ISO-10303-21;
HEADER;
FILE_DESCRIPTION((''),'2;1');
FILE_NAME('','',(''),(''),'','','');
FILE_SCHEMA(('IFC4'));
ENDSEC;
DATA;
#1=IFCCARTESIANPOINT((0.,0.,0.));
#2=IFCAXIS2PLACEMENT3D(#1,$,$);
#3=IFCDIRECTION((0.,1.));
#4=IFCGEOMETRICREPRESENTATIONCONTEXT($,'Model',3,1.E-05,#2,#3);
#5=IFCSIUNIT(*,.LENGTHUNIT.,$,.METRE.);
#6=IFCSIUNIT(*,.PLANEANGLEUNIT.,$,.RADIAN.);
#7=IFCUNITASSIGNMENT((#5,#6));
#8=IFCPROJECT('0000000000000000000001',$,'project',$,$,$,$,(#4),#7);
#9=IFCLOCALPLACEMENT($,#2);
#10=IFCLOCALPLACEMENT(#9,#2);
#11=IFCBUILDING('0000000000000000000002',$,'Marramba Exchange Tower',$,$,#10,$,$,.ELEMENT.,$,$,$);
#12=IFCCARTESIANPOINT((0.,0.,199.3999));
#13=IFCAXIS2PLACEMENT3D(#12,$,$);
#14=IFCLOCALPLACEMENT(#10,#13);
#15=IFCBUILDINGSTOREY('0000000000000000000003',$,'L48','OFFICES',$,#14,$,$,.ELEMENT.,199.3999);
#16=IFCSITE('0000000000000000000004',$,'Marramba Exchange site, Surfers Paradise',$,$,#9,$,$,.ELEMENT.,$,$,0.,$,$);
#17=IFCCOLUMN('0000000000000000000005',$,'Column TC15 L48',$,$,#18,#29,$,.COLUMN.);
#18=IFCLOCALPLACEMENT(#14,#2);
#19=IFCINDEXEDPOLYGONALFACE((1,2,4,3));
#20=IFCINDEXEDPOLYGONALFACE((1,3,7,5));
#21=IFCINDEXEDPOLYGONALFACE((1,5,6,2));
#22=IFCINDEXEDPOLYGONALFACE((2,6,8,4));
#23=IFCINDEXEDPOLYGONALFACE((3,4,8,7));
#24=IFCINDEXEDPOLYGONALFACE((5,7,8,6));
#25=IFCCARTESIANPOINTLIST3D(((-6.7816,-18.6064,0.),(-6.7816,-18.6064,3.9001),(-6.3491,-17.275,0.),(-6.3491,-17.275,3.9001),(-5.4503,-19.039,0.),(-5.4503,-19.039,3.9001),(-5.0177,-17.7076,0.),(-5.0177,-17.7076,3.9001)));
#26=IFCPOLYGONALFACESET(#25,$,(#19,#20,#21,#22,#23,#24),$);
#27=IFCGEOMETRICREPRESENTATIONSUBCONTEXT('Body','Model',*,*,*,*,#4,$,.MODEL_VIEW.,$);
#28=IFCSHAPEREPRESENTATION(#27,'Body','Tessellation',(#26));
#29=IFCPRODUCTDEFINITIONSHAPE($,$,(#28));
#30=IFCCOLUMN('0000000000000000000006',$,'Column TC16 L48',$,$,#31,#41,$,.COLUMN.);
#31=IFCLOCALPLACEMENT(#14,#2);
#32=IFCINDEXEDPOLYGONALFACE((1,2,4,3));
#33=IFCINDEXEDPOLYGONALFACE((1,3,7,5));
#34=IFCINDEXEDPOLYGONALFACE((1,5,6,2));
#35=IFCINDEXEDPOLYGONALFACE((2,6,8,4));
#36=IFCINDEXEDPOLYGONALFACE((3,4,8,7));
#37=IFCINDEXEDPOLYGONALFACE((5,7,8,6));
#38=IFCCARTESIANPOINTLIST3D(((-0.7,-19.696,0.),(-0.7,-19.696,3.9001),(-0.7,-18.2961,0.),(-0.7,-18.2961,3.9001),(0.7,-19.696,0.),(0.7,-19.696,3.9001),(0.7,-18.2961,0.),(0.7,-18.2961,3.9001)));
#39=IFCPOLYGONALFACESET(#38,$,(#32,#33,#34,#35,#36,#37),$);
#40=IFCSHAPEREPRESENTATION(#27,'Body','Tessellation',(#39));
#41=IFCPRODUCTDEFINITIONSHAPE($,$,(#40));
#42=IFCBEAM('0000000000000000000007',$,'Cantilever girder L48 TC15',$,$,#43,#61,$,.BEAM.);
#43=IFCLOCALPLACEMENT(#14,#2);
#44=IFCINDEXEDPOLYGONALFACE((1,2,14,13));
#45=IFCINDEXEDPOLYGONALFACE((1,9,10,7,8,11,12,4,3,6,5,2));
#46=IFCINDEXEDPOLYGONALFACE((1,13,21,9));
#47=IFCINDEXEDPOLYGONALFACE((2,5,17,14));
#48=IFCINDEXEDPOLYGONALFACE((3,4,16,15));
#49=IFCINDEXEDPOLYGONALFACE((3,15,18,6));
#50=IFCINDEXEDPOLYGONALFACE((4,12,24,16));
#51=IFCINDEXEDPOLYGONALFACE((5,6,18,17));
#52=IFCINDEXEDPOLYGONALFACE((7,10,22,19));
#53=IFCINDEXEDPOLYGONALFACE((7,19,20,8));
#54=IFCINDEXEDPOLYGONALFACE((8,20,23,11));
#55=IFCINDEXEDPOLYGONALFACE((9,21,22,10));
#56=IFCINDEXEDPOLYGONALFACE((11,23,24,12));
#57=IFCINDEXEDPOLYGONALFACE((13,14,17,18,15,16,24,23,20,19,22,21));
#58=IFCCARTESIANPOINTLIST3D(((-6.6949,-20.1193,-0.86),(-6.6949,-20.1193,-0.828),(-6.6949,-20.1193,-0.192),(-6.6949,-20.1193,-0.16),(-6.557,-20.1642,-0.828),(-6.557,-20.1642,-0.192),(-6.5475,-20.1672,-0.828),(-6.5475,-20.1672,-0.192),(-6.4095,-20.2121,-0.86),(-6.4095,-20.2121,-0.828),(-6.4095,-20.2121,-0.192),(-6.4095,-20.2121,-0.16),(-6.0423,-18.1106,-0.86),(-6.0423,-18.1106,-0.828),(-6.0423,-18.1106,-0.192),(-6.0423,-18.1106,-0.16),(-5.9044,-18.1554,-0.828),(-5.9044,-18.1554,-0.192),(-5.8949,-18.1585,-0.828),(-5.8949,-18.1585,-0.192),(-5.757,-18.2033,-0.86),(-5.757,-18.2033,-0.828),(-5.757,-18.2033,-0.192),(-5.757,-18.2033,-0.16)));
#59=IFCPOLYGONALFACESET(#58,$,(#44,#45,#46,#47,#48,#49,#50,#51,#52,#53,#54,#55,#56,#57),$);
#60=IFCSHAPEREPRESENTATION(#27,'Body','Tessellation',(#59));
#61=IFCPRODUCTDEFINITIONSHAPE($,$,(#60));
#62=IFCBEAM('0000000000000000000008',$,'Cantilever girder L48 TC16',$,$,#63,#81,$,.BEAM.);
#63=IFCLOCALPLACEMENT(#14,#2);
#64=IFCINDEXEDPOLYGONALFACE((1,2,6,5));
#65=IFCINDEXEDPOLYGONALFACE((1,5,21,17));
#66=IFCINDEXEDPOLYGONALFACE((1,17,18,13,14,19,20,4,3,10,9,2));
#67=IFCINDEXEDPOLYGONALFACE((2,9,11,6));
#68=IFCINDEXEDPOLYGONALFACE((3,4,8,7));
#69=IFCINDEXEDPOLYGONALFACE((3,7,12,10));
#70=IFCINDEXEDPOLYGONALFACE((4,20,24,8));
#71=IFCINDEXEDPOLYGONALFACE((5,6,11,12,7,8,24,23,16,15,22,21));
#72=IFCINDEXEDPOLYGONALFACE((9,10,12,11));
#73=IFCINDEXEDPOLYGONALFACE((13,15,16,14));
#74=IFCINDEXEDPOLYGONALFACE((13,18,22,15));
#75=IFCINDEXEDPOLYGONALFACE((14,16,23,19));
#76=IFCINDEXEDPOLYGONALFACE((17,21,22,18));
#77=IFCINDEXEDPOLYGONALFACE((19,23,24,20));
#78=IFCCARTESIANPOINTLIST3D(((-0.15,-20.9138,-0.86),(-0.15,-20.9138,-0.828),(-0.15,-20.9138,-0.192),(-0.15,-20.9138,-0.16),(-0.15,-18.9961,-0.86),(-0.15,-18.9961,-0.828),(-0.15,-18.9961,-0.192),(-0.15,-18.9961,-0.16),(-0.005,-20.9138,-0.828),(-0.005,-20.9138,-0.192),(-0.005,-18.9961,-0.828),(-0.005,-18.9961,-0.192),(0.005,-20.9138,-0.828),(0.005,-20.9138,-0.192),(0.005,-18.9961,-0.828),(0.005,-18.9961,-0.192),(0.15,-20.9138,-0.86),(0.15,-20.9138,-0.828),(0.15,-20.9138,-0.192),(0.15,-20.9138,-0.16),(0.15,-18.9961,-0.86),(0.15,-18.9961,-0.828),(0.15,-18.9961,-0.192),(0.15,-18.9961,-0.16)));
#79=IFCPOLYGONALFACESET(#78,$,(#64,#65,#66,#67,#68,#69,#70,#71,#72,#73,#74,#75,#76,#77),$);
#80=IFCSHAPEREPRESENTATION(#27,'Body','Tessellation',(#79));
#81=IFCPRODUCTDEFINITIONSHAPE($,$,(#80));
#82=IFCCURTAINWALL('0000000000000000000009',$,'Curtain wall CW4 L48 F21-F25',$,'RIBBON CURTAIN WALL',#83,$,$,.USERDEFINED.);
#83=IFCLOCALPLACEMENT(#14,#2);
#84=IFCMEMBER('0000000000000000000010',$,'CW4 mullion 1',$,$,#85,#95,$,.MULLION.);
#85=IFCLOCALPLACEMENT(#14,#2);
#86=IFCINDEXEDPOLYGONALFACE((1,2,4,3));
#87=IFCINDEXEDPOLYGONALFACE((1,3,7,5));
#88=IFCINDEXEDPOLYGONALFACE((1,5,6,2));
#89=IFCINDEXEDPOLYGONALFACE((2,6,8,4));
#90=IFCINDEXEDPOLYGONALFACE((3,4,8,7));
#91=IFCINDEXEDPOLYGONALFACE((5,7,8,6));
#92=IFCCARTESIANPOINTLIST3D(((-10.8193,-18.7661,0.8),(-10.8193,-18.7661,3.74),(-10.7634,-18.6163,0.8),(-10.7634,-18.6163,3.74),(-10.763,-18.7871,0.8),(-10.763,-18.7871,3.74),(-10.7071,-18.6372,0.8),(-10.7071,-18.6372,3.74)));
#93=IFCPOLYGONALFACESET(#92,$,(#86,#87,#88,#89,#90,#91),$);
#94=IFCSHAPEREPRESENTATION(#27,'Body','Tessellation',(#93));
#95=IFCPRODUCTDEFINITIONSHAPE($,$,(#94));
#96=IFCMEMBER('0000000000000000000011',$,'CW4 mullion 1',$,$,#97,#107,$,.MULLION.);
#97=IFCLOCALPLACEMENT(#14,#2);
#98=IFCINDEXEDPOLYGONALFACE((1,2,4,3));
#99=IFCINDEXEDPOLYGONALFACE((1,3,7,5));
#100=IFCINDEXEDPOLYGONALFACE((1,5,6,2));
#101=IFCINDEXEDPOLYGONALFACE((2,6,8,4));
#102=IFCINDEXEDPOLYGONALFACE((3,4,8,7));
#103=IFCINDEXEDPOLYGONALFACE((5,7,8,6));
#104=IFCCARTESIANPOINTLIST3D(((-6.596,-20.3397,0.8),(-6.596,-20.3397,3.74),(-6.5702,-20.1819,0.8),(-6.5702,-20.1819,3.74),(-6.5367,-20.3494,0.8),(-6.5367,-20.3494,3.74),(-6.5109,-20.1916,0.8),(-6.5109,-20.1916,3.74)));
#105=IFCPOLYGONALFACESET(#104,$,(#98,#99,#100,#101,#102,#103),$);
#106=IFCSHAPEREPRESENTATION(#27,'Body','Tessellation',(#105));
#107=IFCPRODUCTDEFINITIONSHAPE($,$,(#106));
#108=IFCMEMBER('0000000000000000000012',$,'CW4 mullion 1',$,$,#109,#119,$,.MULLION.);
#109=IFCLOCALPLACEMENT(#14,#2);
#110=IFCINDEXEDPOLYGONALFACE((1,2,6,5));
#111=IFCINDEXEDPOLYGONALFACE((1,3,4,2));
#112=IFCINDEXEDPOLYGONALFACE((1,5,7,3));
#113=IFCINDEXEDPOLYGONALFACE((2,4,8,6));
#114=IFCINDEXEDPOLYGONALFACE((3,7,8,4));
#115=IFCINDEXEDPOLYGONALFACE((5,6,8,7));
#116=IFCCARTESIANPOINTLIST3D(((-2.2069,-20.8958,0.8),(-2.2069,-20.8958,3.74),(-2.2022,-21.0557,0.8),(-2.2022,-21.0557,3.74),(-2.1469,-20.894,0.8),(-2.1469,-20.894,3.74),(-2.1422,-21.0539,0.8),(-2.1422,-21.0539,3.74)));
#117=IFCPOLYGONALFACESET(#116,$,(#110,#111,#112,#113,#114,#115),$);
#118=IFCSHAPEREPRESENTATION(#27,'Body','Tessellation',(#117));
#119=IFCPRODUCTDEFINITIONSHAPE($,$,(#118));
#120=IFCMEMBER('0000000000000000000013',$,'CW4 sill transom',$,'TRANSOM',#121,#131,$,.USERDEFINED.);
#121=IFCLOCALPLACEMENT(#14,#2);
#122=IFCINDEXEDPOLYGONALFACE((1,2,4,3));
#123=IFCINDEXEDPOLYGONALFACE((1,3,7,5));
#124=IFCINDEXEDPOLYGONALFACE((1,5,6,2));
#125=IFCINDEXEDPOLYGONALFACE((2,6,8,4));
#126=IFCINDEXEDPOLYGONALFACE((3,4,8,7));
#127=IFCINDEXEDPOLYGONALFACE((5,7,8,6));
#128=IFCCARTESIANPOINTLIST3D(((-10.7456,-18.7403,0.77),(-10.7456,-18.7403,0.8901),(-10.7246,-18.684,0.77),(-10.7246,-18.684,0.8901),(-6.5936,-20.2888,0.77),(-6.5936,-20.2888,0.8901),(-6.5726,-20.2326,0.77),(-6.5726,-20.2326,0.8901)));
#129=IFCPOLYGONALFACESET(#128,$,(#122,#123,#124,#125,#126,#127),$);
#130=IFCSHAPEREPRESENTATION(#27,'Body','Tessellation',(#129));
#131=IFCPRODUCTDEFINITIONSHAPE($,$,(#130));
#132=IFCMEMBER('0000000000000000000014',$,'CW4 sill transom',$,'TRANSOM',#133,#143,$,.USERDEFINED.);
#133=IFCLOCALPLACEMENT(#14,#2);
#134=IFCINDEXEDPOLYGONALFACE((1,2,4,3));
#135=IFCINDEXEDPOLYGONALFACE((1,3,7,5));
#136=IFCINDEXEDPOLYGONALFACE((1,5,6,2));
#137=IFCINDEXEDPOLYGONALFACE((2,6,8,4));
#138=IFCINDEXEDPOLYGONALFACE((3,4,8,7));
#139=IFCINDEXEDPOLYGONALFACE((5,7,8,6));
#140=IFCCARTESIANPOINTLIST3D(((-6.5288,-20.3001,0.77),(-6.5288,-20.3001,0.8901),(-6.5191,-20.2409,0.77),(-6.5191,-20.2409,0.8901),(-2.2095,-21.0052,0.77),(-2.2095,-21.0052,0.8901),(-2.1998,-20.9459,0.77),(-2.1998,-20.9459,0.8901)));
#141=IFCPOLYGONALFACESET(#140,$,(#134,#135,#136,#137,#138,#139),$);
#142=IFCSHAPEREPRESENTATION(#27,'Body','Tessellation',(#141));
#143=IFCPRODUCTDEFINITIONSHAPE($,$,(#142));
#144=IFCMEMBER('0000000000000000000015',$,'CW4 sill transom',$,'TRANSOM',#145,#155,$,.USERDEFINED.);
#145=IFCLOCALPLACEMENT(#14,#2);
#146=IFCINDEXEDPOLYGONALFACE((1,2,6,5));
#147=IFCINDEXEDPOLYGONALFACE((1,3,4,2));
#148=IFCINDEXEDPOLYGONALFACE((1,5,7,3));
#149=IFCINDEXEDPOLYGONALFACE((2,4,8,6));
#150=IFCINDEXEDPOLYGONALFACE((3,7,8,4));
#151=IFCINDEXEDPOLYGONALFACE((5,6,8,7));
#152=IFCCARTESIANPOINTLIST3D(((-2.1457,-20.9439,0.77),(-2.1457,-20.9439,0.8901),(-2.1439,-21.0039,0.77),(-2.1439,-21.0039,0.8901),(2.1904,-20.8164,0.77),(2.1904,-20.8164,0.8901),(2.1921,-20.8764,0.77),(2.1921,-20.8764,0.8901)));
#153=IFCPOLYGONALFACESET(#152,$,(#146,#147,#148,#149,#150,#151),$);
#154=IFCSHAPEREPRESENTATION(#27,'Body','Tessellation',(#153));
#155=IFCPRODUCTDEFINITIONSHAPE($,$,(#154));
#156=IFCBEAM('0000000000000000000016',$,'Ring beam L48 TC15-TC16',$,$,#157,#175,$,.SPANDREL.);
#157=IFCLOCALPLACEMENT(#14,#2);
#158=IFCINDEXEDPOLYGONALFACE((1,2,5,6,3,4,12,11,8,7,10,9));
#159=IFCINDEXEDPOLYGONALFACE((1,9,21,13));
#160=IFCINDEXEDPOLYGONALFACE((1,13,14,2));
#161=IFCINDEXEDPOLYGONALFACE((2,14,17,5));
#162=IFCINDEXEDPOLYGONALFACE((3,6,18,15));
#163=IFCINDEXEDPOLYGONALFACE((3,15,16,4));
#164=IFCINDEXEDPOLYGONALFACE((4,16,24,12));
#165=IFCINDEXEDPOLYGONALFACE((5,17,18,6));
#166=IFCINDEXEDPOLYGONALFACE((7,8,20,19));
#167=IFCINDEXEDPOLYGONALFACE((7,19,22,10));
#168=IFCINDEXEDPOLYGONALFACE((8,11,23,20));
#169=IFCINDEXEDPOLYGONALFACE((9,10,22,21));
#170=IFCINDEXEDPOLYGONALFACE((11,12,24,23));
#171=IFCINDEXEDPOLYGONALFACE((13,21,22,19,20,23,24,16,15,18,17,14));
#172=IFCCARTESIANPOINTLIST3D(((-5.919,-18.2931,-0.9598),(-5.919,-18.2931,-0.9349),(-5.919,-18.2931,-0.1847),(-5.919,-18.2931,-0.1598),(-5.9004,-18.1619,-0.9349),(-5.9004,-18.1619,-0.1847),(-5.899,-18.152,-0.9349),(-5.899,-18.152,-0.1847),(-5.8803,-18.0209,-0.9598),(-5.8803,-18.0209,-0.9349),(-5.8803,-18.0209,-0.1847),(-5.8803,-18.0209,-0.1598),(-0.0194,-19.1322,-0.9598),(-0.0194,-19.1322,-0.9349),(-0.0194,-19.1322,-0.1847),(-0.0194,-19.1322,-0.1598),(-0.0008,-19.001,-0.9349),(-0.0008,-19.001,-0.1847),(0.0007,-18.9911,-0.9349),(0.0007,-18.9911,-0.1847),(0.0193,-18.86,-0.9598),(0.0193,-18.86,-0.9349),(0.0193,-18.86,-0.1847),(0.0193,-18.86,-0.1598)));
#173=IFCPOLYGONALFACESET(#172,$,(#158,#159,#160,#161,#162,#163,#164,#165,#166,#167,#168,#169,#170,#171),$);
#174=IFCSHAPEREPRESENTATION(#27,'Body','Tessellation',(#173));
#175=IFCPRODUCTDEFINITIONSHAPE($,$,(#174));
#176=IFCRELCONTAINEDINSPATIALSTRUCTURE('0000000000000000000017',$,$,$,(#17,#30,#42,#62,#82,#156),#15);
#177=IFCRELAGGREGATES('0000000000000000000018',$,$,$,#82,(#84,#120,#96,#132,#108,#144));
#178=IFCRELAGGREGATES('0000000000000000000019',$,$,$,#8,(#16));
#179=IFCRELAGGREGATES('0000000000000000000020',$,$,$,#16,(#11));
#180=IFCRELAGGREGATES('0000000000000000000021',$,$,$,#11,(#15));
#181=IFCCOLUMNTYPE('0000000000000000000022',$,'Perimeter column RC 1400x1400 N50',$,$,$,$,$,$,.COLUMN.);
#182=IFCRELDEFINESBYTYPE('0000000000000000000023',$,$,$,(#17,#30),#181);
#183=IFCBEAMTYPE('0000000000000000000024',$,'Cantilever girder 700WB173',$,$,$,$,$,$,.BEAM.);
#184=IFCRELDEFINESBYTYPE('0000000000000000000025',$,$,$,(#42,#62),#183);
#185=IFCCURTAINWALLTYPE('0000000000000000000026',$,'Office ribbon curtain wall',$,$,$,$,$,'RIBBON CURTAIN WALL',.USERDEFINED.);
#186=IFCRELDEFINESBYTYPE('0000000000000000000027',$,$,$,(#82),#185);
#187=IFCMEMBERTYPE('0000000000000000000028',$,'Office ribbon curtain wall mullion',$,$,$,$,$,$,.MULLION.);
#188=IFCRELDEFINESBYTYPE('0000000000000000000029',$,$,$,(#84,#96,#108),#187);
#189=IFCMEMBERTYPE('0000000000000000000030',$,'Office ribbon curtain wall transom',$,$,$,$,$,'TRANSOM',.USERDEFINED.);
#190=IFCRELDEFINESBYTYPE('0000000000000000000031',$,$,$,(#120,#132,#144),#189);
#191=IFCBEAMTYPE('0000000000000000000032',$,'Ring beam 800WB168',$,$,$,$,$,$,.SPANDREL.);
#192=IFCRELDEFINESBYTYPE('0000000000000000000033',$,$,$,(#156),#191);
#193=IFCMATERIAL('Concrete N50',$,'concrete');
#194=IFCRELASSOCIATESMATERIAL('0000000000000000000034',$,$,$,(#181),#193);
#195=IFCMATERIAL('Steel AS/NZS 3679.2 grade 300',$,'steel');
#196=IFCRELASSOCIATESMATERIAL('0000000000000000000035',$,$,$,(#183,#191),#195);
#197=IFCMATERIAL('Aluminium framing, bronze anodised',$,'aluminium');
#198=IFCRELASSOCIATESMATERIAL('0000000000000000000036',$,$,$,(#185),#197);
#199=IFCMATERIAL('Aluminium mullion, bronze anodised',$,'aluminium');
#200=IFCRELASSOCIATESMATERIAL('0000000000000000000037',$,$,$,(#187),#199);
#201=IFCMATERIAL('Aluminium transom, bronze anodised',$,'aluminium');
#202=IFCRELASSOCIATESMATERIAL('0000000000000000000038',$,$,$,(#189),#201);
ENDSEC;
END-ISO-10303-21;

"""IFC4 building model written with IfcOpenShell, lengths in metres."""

from ifc_helpers import new_model, si_unit, direction, frame, origin, origin_2d, place, context, subcontext, project, spatial, rectangle, i_section, extrude, material, material_profile, profile_set, type_object, element, aggregate, save


model = new_model("IFC4")

# Units and contexts
model_context = context("Model", 3, precision=1e-05, world=origin(), true_north=direction((0.0, 1.0)))
body_context = subcontext(model_context, "Body", "Model", "MODEL_VIEW")
ifc_project = project(units=[si_unit("LENGTHUNIT", "METRE"), si_unit("PLANEANGLEUNIT", "RADIAN")], contexts=[model_context])

# Site, building, storey
site_placement = place(None, origin())
site = spatial("IfcSite", under=ifc_project, at=site_placement, Name="Marramba Exchange site, Surfers Paradise", CompositionType="ELEMENT", RefElevation=0.0)
building_placement = place(site_placement, origin())
building = spatial("IfcBuilding", under=site, at=building_placement, Name="Marramba Exchange Tower", CompositionType="ELEMENT")
storey_placement = place(building_placement, frame((0.0, 0.0, 199.3999)))
storey = spatial("IfcBuildingStorey", under=building, at=storey_placement, Name="L48", Description="OFFICES", CompositionType="ELEMENT", Elevation=199.3999)

# Columns
ifc_material_1 = material(Name="Concrete N50", Category="concrete")
ifc_material_profile_1 = material_profile(ifc_material_1, rectangle(XDim=1.3999, YDim=1.3999, at=origin_2d()), Name="RC 1400x1400")
ifc_profile_set_1 = profile_set([ifc_material_profile_1], Name="Concrete N50")
column_type = type_object("IfcColumnType", Name="Perimeter column RC 1400x1400 N50", PredefinedType="COLUMN", material=ifc_profile_set_1)
for number, where, z_axis, x_axis, name in (
    (1, (-5.8997, -18.157, 0.0), (0.0, 0.0, 1.0), (-0.309017, -0.951057, 0.0), "Column TC15 L48"),
    (2, (0.0, -18.9961, 0.0), (0.0, 0.0, 1.0), (0.0, -1.0, 0.0), "Column TC16 L48"),
):
    element("IfcColumn", number, at=place(storey_placement, frame(where, z_axis=z_axis, x_axis=x_axis)), inside=storey, type_object=column_type, Name=name, PredefinedType="COLUMN", context=body_context, shape_type="SweptSolid", body=[
        extrude(rectangle(XDim=1.3999, YDim=1.3999, at=origin_2d()), origin(), (0.0, 0.0, 1.0), 3.9001),
    ])

# Beams
ifc_material_2 = material(Name="Steel AS/NZS 3679.2 grade 300", Category="steel")
ifc_material_profile_2 = material_profile(ifc_material_2, i_section(OverallWidth=0.3, OverallDepth=0.7, WebThickness=0.01, FlangeThickness=0.032, at=origin_2d()), Name="700WB173")
ifc_profile_set_2 = profile_set([ifc_material_profile_2], Name="Steel AS/NZS 3679.2 grade 300")
beam_type_1 = type_object("IfcBeamType", Name="Cantilever girder 700WB173", PredefinedType="BEAM", material=ifc_profile_set_2)
beam_1_placement = place(storey_placement, frame((-5.8997, -18.157, -0.51), z_axis=(-0.308971, -0.951071, 0.0), x_axis=(0.951071, -0.308971, 0.0)))
element("IfcBeam", 3, at=beam_1_placement, inside=storey, type_object=beam_type_1, Name="Cantilever girder L48 TC15", PredefinedType="BEAM", context=body_context, shape_type="SweptSolid", body=[
    extrude(i_section(OverallWidth=0.3, OverallDepth=0.7, WebThickness=0.01, FlangeThickness=0.032, at=origin_2d()), origin(), (0.0, 0.0, 1.0), 2.1121),
])
beam_2_placement = place(storey_placement, frame((0.0, -18.9961, -0.51), z_axis=(0.0, -1.0, 0.0), x_axis=(1.0, 0.0, 0.0)))
element("IfcBeam", 4, at=beam_2_placement, inside=storey, type_object=beam_type_1, Name="Cantilever girder L48 TC16", PredefinedType="BEAM", context=body_context, shape_type="SweptSolid", body=[
    extrude(i_section(OverallWidth=0.3, OverallDepth=0.7, WebThickness=0.01, FlangeThickness=0.032, at=origin_2d()), origin(), (0.0, 0.0, 1.0), 1.9177),
])

# Curtain wall, members
ifc_material_3 = material(Name="Aluminium framing, bronze anodised", Category="aluminium")
curtain_wall_type = type_object("IfcCurtainWallType", Name="Office ribbon curtain wall", ElementType="RIBBON CURTAIN WALL", PredefinedType="USERDEFINED", material=ifc_material_3)
curtain_wall_1_placement = place(storey_placement, origin())
curtain_wall_1 = element("IfcCurtainWall", 5, at=curtain_wall_1_placement, inside=storey, type_object=curtain_wall_type, Name="Curtain wall CW4 L48 F21-F25", ObjectType="RIBBON CURTAIN WALL", PredefinedType="USERDEFINED")
ifc_material_4 = material(Name="Aluminium mullion, bronze anodised", Category="aluminium")
ifc_material_profile_3 = material_profile(ifc_material_4, rectangle(XDim=0.1599, YDim=0.0601, at=origin_2d()), Name="CW4 mullion 60x160")
ifc_profile_set_3 = profile_set([ifc_material_profile_3], Name="Aluminium mullion, bronze anodised")
member_type_1 = type_object("IfcMemberType", Name="Office ribbon curtain wall mullion", PredefinedType="MULLION", material=ifc_profile_set_3)
member_1_placement = place(storey_placement, frame((-10.7632, -18.7017, 0.8), z_axis=(0.0, 0.0, 1.0), x_axis=(0.349459, 0.936952, 0.0)))
member_1 = element("IfcMember", 6, at=member_1_placement, type_object=member_type_1, Name="CW4 mullion 1", PredefinedType="MULLION", context=body_context, shape_type="SweptSolid", body=[
    extrude(rectangle(XDim=0.1599, YDim=0.0601, at=origin_2d()), origin(), (0.0, 0.0, 1.0), 2.9399),
])
member_2_placement = place(storey_placement, frame((-6.5535, -20.2656, 0.8), z_axis=(0.0, 0.0, 1.0), x_axis=(0.161146, 0.986931, 0.0)))
member_2 = element("IfcMember", 7, at=member_2_placement, type_object=member_type_1, Name="CW4 mullion 1", PredefinedType="MULLION", context=body_context, shape_type="SweptSolid", body=[
    extrude(rectangle(XDim=0.1599, YDim=0.0601, at=origin_2d()), origin(), (0.0, 0.0, 1.0), 2.9399),
])
member_3_placement = place(storey_placement, frame((-2.1746, -20.9749, 0.8), z_axis=(0.0, 0.0, 1.0), x_axis=(-0.029393, 0.999568, 0.0)))
member_3 = element("IfcMember", 8, at=member_3_placement, type_object=member_type_1, Name="CW4 mullion 1", PredefinedType="MULLION", context=body_context, shape_type="SweptSolid", body=[
    extrude(rectangle(XDim=0.1599, YDim=0.0601, at=origin_2d()), origin(), (0.0, 0.0, 1.0), 2.9399),
])
ifc_material_5 = material(Name="Aluminium transom, bronze anodised", Category="aluminium")
ifc_material_profile_4 = material_profile(ifc_material_5, rectangle(XDim=0.0601, YDim=0.1201, at=origin_2d()), Name="CW4 transom 60x120")
ifc_profile_set_4 = profile_set([ifc_material_profile_4], Name="Aluminium transom, bronze anodised")
member_type_2 = type_object("IfcMemberType", Name="Office ribbon curtain wall transom", ElementType="TRANSOM", PredefinedType="USERDEFINED", material=ifc_profile_set_4)
member_4_placement = place(storey_placement, frame((-10.7351, -18.7122, 0.8301), z_axis=(0.936955, -0.34945, 0.0), x_axis=(0.34945, 0.936955, 0.0)))
member_4 = element("IfcMember", 9, at=member_4_placement, type_object=member_type_2, Name="CW4 sill transom", ObjectType="TRANSOM", PredefinedType="USERDEFINED", context=body_context, shape_type="SweptSolid", body=[
    extrude(rectangle(XDim=0.0601, YDim=0.1201, at=origin_2d()), origin(), (0.0, 0.0, 1.0), 4.4314),
])
member_5_placement = place(storey_placement, frame((-6.5239, -20.2705, 0.8301), z_axis=(0.986937, -0.161105, 0.0), x_axis=(0.161105, 0.986937, 0.0)))
member_5 = element("IfcMember", 10, at=member_5_placement, type_object=member_type_2, Name="CW4 sill transom", ObjectType="TRANSOM", PredefinedType="USERDEFINED", context=body_context, shape_type="SweptSolid", body=[
    extrude(rectangle(XDim=0.0601, YDim=0.1201, at=origin_2d()), origin(), (0.0, 0.0, 1.0), 4.3765),
])
member_6_placement = place(storey_placement, frame((-2.1448, -20.9739, 0.8301), z_axis=(0.999568, 0.029379, 0.0), x_axis=(-0.029379, 0.999568, 0.0)))
member_6 = element("IfcMember", 11, at=member_6_placement, type_object=member_type_2, Name="CW4 sill transom", ObjectType="TRANSOM", PredefinedType="USERDEFINED", context=body_context, shape_type="SweptSolid", body=[
    extrude(rectangle(XDim=0.0601, YDim=0.1201, at=origin_2d()), origin(), (0.0, 0.0, 1.0), 4.3379),
])

# Beam
ifc_material_profile_5 = material_profile(ifc_material_2, i_section(OverallWidth=0.2749, OverallDepth=0.8, WebThickness=0.01, FlangeThickness=0.0249, at=origin_2d()), Name="800WB168")
ifc_profile_set_5 = profile_set([ifc_material_profile_5], Name="Steel AS/NZS 3679.2 grade 300")
beam_type_2 = type_object("IfcBeamType", Name="Ring beam 800WB168", PredefinedType="SPANDREL", material=ifc_profile_set_5)
for number, where, z_axis, x_axis, name in (
    (12, (-5.8997, -18.157, -0.5598), (0.990036, -0.140813, 0.0), (0.140813, 0.990036, 0.0), "Ring beam L48 TC15-TC16"),
):
    element("IfcBeam", number, at=place(storey_placement, frame(where, z_axis=z_axis, x_axis=x_axis)), inside=storey, type_object=beam_type_2, Name=name, PredefinedType="SPANDREL", context=body_context, shape_type="SweptSolid", body=[
        extrude(i_section(OverallWidth=0.2749, OverallDepth=0.8, WebThickness=0.01, FlangeThickness=0.0249, at=origin_2d()), origin(), (0.0, 0.0, 1.0), 5.959),
    ])

aggregate(curtain_wall_1, [member_1, member_4, member_2, member_5, member_3, member_6])

save(model, "model.ifc")
